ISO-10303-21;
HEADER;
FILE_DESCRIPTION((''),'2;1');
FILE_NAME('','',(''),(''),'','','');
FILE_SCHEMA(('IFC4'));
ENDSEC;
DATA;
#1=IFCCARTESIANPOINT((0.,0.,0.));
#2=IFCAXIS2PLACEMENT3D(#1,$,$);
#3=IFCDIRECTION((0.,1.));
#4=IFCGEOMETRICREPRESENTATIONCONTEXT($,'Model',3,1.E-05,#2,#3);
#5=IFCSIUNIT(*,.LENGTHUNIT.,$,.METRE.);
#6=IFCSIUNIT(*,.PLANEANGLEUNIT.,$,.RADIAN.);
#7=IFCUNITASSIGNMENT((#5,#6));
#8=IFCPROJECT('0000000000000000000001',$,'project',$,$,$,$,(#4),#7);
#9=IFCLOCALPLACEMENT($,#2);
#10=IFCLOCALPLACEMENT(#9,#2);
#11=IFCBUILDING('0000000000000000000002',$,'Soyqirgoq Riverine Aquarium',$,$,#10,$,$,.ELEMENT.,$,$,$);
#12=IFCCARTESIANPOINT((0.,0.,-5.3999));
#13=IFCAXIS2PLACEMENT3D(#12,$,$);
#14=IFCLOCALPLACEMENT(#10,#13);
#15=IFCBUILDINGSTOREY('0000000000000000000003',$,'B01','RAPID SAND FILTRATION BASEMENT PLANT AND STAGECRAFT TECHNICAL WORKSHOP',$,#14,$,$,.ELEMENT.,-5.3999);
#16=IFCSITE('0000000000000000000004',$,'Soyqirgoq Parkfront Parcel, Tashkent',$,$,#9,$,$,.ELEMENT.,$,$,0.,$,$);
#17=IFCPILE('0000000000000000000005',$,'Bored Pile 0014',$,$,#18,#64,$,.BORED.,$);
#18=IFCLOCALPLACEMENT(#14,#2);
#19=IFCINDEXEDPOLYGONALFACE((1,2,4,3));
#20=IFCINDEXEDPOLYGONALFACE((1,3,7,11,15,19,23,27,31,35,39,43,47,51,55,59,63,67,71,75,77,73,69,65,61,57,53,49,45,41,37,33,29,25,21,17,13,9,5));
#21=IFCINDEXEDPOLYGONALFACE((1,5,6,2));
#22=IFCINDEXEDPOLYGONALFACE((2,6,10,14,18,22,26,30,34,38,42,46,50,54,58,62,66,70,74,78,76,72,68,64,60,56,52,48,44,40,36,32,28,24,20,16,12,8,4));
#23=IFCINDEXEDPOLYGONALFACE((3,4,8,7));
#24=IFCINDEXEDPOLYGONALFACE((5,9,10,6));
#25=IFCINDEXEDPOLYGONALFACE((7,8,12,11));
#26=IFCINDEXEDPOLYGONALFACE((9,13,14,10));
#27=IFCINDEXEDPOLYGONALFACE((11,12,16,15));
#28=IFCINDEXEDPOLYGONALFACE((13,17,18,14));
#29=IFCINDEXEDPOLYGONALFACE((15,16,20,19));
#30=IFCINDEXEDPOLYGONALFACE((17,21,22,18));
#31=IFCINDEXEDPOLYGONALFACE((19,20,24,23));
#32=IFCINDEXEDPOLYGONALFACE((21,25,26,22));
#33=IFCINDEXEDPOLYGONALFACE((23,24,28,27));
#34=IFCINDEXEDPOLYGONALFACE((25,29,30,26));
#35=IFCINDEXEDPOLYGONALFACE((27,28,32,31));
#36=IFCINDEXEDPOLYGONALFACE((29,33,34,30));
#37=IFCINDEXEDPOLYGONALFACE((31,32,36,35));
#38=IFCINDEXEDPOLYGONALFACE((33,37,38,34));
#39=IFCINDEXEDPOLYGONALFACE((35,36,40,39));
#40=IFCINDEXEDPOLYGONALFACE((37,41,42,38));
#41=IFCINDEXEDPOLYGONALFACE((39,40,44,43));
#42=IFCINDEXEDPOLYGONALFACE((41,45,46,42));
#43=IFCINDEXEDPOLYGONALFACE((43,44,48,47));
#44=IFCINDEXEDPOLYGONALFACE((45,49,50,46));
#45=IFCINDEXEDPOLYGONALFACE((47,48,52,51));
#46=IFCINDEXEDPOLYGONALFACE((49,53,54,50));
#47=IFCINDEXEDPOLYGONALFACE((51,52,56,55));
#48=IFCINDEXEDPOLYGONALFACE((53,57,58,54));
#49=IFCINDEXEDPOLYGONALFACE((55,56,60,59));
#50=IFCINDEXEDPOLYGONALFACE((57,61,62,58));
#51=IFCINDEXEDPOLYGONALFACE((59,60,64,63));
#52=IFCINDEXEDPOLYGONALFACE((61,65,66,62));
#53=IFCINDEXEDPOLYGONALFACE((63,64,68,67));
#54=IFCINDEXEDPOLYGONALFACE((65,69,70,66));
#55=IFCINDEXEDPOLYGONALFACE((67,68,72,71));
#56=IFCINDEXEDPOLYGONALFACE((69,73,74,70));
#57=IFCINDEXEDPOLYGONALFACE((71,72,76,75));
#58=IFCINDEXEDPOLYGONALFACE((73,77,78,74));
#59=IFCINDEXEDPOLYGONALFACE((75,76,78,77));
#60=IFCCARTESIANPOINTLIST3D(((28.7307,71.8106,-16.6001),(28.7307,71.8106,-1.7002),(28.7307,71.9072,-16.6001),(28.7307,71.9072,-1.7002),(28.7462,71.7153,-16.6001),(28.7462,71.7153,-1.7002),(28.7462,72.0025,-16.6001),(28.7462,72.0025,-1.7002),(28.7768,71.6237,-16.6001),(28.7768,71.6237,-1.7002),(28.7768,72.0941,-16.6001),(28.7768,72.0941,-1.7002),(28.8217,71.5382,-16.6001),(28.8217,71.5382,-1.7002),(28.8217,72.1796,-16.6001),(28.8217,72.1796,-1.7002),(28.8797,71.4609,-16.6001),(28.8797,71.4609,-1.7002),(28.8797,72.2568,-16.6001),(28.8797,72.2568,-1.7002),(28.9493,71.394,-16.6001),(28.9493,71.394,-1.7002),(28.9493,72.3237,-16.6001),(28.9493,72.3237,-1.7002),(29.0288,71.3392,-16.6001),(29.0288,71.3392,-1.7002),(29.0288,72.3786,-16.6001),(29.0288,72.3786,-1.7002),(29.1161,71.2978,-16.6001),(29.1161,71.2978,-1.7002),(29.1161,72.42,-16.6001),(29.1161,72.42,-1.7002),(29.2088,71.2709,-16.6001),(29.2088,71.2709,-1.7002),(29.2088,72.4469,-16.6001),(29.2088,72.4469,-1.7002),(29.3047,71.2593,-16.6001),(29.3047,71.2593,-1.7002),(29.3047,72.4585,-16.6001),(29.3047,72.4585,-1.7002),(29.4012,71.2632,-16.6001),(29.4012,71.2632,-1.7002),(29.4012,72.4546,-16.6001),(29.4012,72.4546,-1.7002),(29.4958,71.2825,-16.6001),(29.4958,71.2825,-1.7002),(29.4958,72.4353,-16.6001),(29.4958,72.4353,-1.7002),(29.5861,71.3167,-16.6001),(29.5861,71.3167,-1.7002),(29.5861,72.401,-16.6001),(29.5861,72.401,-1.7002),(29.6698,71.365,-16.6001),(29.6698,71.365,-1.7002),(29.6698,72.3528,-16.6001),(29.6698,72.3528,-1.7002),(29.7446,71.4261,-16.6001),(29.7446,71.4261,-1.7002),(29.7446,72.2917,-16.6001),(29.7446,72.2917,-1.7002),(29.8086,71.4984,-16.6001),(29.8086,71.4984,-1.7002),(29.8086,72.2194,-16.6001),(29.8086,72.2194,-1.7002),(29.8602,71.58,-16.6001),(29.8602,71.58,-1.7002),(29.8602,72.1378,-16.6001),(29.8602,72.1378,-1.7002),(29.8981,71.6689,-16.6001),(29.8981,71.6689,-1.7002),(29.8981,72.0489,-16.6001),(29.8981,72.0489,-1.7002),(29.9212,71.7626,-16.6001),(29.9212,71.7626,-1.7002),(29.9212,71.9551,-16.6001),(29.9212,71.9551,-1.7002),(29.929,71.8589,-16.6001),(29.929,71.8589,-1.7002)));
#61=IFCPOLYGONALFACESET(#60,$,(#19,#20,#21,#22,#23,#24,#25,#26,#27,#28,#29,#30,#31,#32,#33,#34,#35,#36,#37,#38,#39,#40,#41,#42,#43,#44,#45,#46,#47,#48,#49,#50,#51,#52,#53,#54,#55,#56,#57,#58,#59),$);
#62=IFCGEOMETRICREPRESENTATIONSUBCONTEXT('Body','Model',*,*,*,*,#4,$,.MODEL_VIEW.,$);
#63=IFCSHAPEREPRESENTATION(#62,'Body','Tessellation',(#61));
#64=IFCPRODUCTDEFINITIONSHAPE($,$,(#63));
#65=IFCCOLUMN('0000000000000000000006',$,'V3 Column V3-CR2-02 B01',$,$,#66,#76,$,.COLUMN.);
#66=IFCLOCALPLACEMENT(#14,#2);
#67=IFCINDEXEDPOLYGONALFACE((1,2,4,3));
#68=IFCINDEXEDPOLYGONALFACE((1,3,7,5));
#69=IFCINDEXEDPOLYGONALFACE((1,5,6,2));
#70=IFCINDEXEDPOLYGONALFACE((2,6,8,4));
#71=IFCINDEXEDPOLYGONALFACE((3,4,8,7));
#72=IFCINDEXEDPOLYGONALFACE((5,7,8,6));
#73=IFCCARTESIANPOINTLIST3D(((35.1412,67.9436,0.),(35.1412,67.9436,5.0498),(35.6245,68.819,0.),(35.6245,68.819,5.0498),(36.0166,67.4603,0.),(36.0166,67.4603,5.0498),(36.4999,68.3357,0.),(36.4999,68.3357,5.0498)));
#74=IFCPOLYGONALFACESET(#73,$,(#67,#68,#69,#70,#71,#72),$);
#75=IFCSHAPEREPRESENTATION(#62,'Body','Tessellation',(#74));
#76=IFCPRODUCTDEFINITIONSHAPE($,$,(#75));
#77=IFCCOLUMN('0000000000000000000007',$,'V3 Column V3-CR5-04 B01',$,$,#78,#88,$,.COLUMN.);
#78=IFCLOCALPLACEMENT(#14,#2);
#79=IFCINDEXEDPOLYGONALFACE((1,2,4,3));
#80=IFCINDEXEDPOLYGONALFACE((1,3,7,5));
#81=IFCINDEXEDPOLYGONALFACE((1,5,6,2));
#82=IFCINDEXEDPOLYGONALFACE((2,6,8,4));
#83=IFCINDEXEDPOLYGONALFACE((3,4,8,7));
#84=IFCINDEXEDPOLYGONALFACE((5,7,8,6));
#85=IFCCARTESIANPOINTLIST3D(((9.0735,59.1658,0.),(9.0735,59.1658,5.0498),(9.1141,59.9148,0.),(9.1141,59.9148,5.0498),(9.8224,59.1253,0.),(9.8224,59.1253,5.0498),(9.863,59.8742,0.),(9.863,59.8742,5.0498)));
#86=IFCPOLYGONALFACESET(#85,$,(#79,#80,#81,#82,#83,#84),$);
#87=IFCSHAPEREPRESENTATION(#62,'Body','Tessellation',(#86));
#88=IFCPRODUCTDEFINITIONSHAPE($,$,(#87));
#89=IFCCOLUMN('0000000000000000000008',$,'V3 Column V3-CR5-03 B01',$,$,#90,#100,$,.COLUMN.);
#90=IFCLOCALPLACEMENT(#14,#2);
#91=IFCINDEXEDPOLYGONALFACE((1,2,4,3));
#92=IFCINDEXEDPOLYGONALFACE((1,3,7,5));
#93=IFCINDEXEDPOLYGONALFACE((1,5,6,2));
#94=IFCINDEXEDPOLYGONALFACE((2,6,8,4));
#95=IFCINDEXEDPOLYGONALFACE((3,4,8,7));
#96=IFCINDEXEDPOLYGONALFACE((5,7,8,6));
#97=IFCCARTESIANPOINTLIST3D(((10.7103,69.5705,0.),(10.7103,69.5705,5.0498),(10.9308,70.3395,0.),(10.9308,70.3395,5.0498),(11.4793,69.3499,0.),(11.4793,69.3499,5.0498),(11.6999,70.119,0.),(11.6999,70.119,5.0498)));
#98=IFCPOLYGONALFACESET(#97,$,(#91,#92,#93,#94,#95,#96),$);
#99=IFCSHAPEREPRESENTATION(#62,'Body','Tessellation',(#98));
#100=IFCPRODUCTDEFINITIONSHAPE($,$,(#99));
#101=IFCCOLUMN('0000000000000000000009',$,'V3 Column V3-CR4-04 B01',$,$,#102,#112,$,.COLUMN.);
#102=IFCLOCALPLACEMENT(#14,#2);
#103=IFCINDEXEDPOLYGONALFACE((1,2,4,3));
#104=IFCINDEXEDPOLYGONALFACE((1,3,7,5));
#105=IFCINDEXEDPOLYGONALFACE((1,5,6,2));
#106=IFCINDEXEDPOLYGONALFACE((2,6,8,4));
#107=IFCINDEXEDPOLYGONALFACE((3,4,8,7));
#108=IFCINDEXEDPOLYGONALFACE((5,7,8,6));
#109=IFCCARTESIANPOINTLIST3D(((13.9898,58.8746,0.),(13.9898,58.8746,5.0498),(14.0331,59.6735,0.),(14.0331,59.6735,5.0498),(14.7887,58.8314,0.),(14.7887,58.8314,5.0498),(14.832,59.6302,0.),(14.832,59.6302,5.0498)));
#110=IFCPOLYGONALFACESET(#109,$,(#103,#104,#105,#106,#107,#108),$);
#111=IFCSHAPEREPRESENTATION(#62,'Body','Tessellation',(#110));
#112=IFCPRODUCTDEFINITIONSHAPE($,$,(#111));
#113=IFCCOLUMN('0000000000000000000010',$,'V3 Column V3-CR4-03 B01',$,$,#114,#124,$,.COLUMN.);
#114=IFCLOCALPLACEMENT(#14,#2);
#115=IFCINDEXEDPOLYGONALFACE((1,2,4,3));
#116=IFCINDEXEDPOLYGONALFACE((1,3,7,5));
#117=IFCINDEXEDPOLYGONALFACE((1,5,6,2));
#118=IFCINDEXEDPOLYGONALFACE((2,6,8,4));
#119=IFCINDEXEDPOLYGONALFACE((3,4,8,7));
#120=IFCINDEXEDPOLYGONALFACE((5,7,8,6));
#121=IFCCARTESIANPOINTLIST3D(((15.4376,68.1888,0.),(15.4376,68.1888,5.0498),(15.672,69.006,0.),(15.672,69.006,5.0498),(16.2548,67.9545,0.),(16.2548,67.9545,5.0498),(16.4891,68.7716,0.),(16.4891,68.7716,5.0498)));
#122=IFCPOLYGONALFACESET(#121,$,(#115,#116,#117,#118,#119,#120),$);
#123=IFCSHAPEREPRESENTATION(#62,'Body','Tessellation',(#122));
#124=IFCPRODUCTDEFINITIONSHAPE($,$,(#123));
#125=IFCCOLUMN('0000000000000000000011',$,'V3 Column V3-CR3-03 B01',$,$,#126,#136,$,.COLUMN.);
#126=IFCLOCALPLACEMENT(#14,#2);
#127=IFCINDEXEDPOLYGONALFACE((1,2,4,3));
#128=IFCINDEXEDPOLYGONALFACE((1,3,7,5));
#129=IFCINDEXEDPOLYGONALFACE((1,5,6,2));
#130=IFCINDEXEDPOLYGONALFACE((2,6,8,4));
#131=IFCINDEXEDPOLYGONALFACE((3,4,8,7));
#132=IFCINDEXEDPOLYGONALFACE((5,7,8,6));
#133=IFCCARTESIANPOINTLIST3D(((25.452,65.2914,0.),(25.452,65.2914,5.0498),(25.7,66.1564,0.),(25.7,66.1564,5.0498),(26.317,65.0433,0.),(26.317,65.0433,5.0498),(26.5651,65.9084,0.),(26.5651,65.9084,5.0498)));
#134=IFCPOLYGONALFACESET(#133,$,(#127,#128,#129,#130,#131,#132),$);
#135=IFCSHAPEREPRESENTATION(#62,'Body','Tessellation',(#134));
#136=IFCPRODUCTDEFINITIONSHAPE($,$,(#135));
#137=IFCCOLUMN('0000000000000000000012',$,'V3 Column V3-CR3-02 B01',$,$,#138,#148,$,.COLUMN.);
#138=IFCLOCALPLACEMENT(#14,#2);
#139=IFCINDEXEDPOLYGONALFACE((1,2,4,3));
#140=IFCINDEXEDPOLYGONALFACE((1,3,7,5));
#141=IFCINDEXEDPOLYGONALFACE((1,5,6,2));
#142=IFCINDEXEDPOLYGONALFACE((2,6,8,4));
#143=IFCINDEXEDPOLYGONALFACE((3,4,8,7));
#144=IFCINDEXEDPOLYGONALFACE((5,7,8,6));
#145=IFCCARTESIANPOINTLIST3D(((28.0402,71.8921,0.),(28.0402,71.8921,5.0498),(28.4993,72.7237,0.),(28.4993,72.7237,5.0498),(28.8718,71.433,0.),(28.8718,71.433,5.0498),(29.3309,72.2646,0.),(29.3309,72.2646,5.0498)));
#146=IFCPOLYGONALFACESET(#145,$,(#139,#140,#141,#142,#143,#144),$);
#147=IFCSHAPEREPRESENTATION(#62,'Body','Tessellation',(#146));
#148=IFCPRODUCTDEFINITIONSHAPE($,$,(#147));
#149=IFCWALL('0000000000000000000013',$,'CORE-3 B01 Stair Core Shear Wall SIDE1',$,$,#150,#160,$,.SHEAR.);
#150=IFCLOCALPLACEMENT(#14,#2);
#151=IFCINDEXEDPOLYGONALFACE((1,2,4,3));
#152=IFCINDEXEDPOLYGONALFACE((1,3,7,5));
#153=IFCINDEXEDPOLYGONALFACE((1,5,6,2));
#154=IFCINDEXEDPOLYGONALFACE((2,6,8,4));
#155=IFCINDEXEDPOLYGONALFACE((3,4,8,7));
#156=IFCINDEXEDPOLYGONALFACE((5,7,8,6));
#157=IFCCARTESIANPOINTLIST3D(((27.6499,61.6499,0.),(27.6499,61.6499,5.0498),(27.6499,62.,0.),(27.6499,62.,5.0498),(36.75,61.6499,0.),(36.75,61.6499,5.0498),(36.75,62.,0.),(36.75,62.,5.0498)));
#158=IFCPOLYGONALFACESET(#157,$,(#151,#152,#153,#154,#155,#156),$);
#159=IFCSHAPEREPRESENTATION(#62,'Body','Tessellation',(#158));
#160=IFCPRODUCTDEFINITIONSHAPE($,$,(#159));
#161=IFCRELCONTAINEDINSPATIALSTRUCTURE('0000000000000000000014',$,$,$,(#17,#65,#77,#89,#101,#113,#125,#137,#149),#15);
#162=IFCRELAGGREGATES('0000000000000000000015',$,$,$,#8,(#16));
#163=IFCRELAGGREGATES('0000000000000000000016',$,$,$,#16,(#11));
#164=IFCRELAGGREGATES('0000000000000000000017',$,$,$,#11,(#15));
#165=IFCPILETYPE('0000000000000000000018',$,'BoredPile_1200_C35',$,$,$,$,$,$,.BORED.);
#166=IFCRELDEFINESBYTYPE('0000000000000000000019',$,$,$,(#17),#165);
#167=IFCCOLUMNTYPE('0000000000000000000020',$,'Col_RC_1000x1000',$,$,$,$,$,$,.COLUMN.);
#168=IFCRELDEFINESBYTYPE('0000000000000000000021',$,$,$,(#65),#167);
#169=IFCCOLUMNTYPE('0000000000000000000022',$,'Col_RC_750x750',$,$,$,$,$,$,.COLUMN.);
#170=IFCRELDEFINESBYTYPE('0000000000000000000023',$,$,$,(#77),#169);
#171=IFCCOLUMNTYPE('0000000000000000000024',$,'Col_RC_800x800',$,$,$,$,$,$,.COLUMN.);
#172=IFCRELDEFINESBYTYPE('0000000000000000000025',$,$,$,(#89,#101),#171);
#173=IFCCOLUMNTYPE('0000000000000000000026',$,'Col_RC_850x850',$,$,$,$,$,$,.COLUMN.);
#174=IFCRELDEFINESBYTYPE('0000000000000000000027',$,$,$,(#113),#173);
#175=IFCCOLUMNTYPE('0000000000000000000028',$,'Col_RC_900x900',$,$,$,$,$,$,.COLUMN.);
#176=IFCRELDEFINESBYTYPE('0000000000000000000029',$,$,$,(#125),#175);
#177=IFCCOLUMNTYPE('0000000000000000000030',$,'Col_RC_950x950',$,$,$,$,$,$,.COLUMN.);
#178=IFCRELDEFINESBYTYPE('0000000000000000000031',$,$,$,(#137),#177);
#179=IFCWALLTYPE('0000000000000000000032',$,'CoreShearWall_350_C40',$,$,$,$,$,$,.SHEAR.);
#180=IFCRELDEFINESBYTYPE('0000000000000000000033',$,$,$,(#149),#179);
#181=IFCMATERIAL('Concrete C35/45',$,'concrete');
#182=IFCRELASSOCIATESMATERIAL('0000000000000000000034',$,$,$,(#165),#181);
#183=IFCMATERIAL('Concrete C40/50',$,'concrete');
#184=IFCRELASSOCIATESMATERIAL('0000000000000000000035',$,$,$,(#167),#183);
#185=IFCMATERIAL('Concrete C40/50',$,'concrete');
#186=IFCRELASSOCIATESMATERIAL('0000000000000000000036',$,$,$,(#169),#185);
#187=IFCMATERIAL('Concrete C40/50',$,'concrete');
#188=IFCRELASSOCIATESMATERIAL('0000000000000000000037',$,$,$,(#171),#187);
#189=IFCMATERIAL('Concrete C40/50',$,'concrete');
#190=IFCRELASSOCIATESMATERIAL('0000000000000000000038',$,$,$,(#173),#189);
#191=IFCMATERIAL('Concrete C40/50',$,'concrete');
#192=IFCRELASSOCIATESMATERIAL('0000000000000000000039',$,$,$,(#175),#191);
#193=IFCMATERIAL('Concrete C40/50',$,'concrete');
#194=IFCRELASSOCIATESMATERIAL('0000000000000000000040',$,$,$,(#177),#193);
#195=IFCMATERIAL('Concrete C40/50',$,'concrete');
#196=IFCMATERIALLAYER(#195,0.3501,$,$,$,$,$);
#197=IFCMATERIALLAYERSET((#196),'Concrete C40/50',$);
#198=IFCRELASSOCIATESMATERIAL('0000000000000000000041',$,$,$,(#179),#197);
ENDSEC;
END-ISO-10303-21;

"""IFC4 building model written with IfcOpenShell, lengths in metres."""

from ifc_helpers import new_model, si_unit, direction, frame, frame_2d, origin, origin_2d, place, context, subcontext, project, spatial, rectangle, circle, extrude, material, layer, layer_set, material_profile, profile_set, type_object, element, save


model = new_model("IFC4")

# Units and contexts
model_context = context("Model", 3, precision=1e-05, world=origin(), true_north=direction((0.0, 1.0)))
body_context = subcontext(model_context, "Body", "Model", "MODEL_VIEW")
ifc_project = project(units=[si_unit("LENGTHUNIT", "METRE"), si_unit("PLANEANGLEUNIT", "RADIAN")], contexts=[model_context])

# Site, building, storey
site_placement = place(None, origin())
site = spatial("IfcSite", under=ifc_project, at=site_placement, Name="Soyqirgoq Parkfront Parcel, Tashkent", CompositionType="ELEMENT", RefElevation=0.0)
building_placement = place(site_placement, origin())
building = spatial("IfcBuilding", under=site, at=building_placement, Name="Soyqirgoq Riverine Aquarium", CompositionType="ELEMENT")
storey_placement = place(building_placement, frame((0.0, 0.0, -5.3999)))
storey = spatial("IfcBuildingStorey", under=building, at=storey_placement, Name="B01", Description="RAPID SAND FILTRATION BASEMENT PLANT AND STAGECRAFT TECHNICAL WORKSHOP", CompositionType="ELEMENT", Elevation=-5.3999)

# Pile
ifc_material_1 = material(Name="Concrete C35/45", Category="concrete")
ifc_material_profile_1 = material_profile(ifc_material_1, circle(Radius=0.6001, at=origin_2d()), Name="BP D1200")
ifc_profile_set_1 = profile_set([ifc_material_profile_1], Name="Concrete C35/45")
pile_type = type_object("IfcPileType", Name="BoredPile_1200_C35", PredefinedType="BORED", material=ifc_profile_set_1)
for number, where, z_axis, x_axis, name in (
    (1, (29.3289, 71.8589, -1.7002), (0.0, 0.0, -1.0), (1.0, 0.0, 0.0), "Bored Pile 0014"),
):
    element("IfcPile", number, at=place(storey_placement, frame(where, z_axis=z_axis, x_axis=x_axis)), inside=storey, type_object=pile_type, Name=name, PredefinedType="BORED", context=body_context, shape_type="SweptSolid", body=[
        extrude(circle(Radius=0.6001, at=origin_2d()), origin(), (0.0, 0.0, 1.0), 14.8999),
    ])

# Columns
ifc_material_2 = material(Name="Concrete C40/50", Category="concrete")
ifc_material_profile_2 = material_profile(ifc_material_2, rectangle(XDim=1.0, YDim=1.0, at=origin_2d()), Name="RC 1000x1000")
ifc_profile_set_2 = profile_set([ifc_material_profile_2], Name="Concrete C40/50")
column_type_1 = type_object("IfcColumnType", Name="Col_RC_1000x1000", PredefinedType="COLUMN", material=ifc_profile_set_2)
column_1_placement = place(storey_placement, frame((35.8206, 68.1396, 0.0), z_axis=(0.0, 0.0, 1.0), x_axis=(-0.875465, 0.483282, 0.0)))
element("IfcColumn", 2, at=column_1_placement, inside=storey, type_object=column_type_1, Name="V3 Column V3-CR2-02 B01", PredefinedType="COLUMN", context=body_context, shape_type="SweptSolid", body=[
    extrude(rectangle(XDim=1.0, YDim=1.0, at=origin_2d()), origin(), (0.0, 0.0, 1.0), 5.0498),
])
ifc_material_3 = material(Name="Concrete C40/50", Category="concrete")
ifc_material_profile_3 = material_profile(ifc_material_3, rectangle(XDim=0.75, YDim=0.75, at=origin_2d()), Name="RC 750x750")
ifc_profile_set_3 = profile_set([ifc_material_profile_3], Name="Concrete C40/50")
column_type_2 = type_object("IfcColumnType", Name="Col_RC_750x750", PredefinedType="COLUMN", material=ifc_profile_set_3)
column_2_placement = place(storey_placement, frame((9.4683, 59.52, 0.0), z_axis=(0.0, 0.0, 1.0), x_axis=(-0.998537, 0.054079, 0.0)))
element("IfcColumn", 3, at=column_2_placement, inside=storey, type_object=column_type_2, Name="V3 Column V3-CR5-04 B01", PredefinedType="COLUMN", context=body_context, shape_type="SweptSolid", body=[
    extrude(rectangle(XDim=0.75, YDim=0.75, at=origin_2d()), origin(), (0.0, 0.0, 1.0), 5.0498),
])
ifc_material_4 = material(Name="Concrete C40/50", Category="concrete")
ifc_material_profile_4 = material_profile(ifc_material_4, rectangle(XDim=0.8, YDim=0.8, at=origin_2d()), Name="RC 800x800")
ifc_profile_set_4 = profile_set([ifc_material_profile_4], Name="Concrete C40/50")
column_type_3 = type_object("IfcColumnType", Name="Col_RC_800x800", PredefinedType="COLUMN", material=ifc_profile_set_4)
for number, where, z_axis, x_axis, name in (
    (4, (11.2051, 69.8447, 0.0), (0.0, 0.0, 1.0), (-0.961262, 0.275637, 0.0), "V3 Column V3-CR5-03 B01"),
    (5, (14.4109, 59.2524, 0.0), (0.0, 0.0, 1.0), (-0.998537, 0.054079, 0.0), "V3 Column V3-CR4-04 B01"),
):
    element("IfcColumn", number, at=place(storey_placement, frame(where, z_axis=z_axis, x_axis=x_axis)), inside=storey, type_object=column_type_3, Name=name, PredefinedType="COLUMN", context=body_context, shape_type="SweptSolid", body=[
        extrude(rectangle(XDim=0.8, YDim=0.8, at=origin_2d()), origin(), (0.0, 0.0, 1.0), 5.0498),
    ])
ifc_material_5 = material(Name="Concrete C40/50", Category="concrete")
ifc_material_profile_5 = material_profile(ifc_material_5, rectangle(XDim=0.8501, YDim=0.8501, at=origin_2d()), Name="RC 850x850")
ifc_profile_set_5 = profile_set([ifc_material_profile_5], Name="Concrete C40/50")
column_type_4 = type_object("IfcColumnType", Name="Col_RC_850x850", PredefinedType="COLUMN", material=ifc_profile_set_5)
column_3_placement = place(storey_placement, frame((15.9634, 68.4802, 0.0), z_axis=(0.0, 0.0, 1.0), x_axis=(-0.961262, 0.275637, 0.0)))
element("IfcColumn", 6, at=column_3_placement, inside=storey, type_object=column_type_4, Name="V3 Column V3-CR4-03 B01", PredefinedType="COLUMN", context=body_context, shape_type="SweptSolid", body=[
    extrude(rectangle(XDim=0.8501, YDim=0.8501, at=origin_2d()), origin(), (0.0, 0.0, 1.0), 5.0498),
])
ifc_material_6 = material(Name="Concrete C40/50", Category="concrete")
ifc_material_profile_6 = material_profile(ifc_material_6, rectangle(XDim=0.8999, YDim=0.8999, at=origin_2d()), Name="RC 900x900")
ifc_profile_set_6 = profile_set([ifc_material_profile_6], Name="Concrete C40/50")
column_type_5 = type_object("IfcColumnType", Name="Col_RC_900x900", PredefinedType="COLUMN", material=ifc_profile_set_6)
column_4_placement = place(storey_placement, frame((26.0085, 65.5999, 0.0), z_axis=(0.0, 0.0, 1.0), x_axis=(-0.961262, 0.275637, 0.0)))
element("IfcColumn", 7, at=column_4_placement, inside=storey, type_object=column_type_5, Name="V3 Column V3-CR3-03 B01", PredefinedType="COLUMN", context=body_context, shape_type="SweptSolid", body=[
    extrude(rectangle(XDim=0.8999, YDim=0.8999, at=origin_2d()), origin(), (0.0, 0.0, 1.0), 5.0498),
])
ifc_material_7 = material(Name="Concrete C40/50", Category="concrete")
ifc_material_profile_7 = material_profile(ifc_material_7, rectangle(XDim=0.95, YDim=0.95, at=origin_2d()), Name="RC 950x950")
ifc_profile_set_7 = profile_set([ifc_material_profile_7], Name="Concrete C40/50")
column_type_6 = type_object("IfcColumnType", Name="Col_RC_950x950", PredefinedType="COLUMN", material=ifc_profile_set_7)
column_5_placement = place(storey_placement, frame((28.6855, 72.0784, 0.0), z_axis=(0.0, 0.0, 1.0), x_axis=(-0.875465, 0.483282, 0.0)))
element("IfcColumn", 8, at=column_5_placement, inside=storey, type_object=column_type_6, Name="V3 Column V3-CR3-02 B01", PredefinedType="COLUMN", context=body_context, shape_type="SweptSolid", body=[
    extrude(rectangle(XDim=0.95, YDim=0.95, at=origin_2d()), origin(), (0.0, 0.0, 1.0), 5.0498),
])

# Wall
ifc_material_8 = material(Name="Concrete C40/50", Category="concrete")
ifc_layer_1 = layer(ifc_material_8, 0.3501)
ifc_layer_set_1 = layer_set([ifc_layer_1], Name="Concrete C40/50")
wall_type_1 = type_object("IfcWallType", Name="CoreShearWall_350_C40", PredefinedType="SHEAR", material=ifc_layer_set_1)
wall_1_placement = place(storey_placement, frame((27.6499, 61.825, 0.0), z_axis=(0.0, 0.0, 1.0), x_axis=(1.0, 0.0, 0.0)))
element("IfcWall", 9, at=wall_1_placement, inside=storey, type_object=wall_type_1, Name="CORE-3 B01 Stair Core Shear Wall SIDE1", PredefinedType="SHEAR", context=body_context, shape_type="SweptSolid", body=[
    extrude(rectangle(XDim=9.1001, YDim=0.3501, at=frame_2d((4.55, 0.0))), origin(), (0.0, 0.0, 1.0), 5.0498),
])

save(model, "model.ifc")
